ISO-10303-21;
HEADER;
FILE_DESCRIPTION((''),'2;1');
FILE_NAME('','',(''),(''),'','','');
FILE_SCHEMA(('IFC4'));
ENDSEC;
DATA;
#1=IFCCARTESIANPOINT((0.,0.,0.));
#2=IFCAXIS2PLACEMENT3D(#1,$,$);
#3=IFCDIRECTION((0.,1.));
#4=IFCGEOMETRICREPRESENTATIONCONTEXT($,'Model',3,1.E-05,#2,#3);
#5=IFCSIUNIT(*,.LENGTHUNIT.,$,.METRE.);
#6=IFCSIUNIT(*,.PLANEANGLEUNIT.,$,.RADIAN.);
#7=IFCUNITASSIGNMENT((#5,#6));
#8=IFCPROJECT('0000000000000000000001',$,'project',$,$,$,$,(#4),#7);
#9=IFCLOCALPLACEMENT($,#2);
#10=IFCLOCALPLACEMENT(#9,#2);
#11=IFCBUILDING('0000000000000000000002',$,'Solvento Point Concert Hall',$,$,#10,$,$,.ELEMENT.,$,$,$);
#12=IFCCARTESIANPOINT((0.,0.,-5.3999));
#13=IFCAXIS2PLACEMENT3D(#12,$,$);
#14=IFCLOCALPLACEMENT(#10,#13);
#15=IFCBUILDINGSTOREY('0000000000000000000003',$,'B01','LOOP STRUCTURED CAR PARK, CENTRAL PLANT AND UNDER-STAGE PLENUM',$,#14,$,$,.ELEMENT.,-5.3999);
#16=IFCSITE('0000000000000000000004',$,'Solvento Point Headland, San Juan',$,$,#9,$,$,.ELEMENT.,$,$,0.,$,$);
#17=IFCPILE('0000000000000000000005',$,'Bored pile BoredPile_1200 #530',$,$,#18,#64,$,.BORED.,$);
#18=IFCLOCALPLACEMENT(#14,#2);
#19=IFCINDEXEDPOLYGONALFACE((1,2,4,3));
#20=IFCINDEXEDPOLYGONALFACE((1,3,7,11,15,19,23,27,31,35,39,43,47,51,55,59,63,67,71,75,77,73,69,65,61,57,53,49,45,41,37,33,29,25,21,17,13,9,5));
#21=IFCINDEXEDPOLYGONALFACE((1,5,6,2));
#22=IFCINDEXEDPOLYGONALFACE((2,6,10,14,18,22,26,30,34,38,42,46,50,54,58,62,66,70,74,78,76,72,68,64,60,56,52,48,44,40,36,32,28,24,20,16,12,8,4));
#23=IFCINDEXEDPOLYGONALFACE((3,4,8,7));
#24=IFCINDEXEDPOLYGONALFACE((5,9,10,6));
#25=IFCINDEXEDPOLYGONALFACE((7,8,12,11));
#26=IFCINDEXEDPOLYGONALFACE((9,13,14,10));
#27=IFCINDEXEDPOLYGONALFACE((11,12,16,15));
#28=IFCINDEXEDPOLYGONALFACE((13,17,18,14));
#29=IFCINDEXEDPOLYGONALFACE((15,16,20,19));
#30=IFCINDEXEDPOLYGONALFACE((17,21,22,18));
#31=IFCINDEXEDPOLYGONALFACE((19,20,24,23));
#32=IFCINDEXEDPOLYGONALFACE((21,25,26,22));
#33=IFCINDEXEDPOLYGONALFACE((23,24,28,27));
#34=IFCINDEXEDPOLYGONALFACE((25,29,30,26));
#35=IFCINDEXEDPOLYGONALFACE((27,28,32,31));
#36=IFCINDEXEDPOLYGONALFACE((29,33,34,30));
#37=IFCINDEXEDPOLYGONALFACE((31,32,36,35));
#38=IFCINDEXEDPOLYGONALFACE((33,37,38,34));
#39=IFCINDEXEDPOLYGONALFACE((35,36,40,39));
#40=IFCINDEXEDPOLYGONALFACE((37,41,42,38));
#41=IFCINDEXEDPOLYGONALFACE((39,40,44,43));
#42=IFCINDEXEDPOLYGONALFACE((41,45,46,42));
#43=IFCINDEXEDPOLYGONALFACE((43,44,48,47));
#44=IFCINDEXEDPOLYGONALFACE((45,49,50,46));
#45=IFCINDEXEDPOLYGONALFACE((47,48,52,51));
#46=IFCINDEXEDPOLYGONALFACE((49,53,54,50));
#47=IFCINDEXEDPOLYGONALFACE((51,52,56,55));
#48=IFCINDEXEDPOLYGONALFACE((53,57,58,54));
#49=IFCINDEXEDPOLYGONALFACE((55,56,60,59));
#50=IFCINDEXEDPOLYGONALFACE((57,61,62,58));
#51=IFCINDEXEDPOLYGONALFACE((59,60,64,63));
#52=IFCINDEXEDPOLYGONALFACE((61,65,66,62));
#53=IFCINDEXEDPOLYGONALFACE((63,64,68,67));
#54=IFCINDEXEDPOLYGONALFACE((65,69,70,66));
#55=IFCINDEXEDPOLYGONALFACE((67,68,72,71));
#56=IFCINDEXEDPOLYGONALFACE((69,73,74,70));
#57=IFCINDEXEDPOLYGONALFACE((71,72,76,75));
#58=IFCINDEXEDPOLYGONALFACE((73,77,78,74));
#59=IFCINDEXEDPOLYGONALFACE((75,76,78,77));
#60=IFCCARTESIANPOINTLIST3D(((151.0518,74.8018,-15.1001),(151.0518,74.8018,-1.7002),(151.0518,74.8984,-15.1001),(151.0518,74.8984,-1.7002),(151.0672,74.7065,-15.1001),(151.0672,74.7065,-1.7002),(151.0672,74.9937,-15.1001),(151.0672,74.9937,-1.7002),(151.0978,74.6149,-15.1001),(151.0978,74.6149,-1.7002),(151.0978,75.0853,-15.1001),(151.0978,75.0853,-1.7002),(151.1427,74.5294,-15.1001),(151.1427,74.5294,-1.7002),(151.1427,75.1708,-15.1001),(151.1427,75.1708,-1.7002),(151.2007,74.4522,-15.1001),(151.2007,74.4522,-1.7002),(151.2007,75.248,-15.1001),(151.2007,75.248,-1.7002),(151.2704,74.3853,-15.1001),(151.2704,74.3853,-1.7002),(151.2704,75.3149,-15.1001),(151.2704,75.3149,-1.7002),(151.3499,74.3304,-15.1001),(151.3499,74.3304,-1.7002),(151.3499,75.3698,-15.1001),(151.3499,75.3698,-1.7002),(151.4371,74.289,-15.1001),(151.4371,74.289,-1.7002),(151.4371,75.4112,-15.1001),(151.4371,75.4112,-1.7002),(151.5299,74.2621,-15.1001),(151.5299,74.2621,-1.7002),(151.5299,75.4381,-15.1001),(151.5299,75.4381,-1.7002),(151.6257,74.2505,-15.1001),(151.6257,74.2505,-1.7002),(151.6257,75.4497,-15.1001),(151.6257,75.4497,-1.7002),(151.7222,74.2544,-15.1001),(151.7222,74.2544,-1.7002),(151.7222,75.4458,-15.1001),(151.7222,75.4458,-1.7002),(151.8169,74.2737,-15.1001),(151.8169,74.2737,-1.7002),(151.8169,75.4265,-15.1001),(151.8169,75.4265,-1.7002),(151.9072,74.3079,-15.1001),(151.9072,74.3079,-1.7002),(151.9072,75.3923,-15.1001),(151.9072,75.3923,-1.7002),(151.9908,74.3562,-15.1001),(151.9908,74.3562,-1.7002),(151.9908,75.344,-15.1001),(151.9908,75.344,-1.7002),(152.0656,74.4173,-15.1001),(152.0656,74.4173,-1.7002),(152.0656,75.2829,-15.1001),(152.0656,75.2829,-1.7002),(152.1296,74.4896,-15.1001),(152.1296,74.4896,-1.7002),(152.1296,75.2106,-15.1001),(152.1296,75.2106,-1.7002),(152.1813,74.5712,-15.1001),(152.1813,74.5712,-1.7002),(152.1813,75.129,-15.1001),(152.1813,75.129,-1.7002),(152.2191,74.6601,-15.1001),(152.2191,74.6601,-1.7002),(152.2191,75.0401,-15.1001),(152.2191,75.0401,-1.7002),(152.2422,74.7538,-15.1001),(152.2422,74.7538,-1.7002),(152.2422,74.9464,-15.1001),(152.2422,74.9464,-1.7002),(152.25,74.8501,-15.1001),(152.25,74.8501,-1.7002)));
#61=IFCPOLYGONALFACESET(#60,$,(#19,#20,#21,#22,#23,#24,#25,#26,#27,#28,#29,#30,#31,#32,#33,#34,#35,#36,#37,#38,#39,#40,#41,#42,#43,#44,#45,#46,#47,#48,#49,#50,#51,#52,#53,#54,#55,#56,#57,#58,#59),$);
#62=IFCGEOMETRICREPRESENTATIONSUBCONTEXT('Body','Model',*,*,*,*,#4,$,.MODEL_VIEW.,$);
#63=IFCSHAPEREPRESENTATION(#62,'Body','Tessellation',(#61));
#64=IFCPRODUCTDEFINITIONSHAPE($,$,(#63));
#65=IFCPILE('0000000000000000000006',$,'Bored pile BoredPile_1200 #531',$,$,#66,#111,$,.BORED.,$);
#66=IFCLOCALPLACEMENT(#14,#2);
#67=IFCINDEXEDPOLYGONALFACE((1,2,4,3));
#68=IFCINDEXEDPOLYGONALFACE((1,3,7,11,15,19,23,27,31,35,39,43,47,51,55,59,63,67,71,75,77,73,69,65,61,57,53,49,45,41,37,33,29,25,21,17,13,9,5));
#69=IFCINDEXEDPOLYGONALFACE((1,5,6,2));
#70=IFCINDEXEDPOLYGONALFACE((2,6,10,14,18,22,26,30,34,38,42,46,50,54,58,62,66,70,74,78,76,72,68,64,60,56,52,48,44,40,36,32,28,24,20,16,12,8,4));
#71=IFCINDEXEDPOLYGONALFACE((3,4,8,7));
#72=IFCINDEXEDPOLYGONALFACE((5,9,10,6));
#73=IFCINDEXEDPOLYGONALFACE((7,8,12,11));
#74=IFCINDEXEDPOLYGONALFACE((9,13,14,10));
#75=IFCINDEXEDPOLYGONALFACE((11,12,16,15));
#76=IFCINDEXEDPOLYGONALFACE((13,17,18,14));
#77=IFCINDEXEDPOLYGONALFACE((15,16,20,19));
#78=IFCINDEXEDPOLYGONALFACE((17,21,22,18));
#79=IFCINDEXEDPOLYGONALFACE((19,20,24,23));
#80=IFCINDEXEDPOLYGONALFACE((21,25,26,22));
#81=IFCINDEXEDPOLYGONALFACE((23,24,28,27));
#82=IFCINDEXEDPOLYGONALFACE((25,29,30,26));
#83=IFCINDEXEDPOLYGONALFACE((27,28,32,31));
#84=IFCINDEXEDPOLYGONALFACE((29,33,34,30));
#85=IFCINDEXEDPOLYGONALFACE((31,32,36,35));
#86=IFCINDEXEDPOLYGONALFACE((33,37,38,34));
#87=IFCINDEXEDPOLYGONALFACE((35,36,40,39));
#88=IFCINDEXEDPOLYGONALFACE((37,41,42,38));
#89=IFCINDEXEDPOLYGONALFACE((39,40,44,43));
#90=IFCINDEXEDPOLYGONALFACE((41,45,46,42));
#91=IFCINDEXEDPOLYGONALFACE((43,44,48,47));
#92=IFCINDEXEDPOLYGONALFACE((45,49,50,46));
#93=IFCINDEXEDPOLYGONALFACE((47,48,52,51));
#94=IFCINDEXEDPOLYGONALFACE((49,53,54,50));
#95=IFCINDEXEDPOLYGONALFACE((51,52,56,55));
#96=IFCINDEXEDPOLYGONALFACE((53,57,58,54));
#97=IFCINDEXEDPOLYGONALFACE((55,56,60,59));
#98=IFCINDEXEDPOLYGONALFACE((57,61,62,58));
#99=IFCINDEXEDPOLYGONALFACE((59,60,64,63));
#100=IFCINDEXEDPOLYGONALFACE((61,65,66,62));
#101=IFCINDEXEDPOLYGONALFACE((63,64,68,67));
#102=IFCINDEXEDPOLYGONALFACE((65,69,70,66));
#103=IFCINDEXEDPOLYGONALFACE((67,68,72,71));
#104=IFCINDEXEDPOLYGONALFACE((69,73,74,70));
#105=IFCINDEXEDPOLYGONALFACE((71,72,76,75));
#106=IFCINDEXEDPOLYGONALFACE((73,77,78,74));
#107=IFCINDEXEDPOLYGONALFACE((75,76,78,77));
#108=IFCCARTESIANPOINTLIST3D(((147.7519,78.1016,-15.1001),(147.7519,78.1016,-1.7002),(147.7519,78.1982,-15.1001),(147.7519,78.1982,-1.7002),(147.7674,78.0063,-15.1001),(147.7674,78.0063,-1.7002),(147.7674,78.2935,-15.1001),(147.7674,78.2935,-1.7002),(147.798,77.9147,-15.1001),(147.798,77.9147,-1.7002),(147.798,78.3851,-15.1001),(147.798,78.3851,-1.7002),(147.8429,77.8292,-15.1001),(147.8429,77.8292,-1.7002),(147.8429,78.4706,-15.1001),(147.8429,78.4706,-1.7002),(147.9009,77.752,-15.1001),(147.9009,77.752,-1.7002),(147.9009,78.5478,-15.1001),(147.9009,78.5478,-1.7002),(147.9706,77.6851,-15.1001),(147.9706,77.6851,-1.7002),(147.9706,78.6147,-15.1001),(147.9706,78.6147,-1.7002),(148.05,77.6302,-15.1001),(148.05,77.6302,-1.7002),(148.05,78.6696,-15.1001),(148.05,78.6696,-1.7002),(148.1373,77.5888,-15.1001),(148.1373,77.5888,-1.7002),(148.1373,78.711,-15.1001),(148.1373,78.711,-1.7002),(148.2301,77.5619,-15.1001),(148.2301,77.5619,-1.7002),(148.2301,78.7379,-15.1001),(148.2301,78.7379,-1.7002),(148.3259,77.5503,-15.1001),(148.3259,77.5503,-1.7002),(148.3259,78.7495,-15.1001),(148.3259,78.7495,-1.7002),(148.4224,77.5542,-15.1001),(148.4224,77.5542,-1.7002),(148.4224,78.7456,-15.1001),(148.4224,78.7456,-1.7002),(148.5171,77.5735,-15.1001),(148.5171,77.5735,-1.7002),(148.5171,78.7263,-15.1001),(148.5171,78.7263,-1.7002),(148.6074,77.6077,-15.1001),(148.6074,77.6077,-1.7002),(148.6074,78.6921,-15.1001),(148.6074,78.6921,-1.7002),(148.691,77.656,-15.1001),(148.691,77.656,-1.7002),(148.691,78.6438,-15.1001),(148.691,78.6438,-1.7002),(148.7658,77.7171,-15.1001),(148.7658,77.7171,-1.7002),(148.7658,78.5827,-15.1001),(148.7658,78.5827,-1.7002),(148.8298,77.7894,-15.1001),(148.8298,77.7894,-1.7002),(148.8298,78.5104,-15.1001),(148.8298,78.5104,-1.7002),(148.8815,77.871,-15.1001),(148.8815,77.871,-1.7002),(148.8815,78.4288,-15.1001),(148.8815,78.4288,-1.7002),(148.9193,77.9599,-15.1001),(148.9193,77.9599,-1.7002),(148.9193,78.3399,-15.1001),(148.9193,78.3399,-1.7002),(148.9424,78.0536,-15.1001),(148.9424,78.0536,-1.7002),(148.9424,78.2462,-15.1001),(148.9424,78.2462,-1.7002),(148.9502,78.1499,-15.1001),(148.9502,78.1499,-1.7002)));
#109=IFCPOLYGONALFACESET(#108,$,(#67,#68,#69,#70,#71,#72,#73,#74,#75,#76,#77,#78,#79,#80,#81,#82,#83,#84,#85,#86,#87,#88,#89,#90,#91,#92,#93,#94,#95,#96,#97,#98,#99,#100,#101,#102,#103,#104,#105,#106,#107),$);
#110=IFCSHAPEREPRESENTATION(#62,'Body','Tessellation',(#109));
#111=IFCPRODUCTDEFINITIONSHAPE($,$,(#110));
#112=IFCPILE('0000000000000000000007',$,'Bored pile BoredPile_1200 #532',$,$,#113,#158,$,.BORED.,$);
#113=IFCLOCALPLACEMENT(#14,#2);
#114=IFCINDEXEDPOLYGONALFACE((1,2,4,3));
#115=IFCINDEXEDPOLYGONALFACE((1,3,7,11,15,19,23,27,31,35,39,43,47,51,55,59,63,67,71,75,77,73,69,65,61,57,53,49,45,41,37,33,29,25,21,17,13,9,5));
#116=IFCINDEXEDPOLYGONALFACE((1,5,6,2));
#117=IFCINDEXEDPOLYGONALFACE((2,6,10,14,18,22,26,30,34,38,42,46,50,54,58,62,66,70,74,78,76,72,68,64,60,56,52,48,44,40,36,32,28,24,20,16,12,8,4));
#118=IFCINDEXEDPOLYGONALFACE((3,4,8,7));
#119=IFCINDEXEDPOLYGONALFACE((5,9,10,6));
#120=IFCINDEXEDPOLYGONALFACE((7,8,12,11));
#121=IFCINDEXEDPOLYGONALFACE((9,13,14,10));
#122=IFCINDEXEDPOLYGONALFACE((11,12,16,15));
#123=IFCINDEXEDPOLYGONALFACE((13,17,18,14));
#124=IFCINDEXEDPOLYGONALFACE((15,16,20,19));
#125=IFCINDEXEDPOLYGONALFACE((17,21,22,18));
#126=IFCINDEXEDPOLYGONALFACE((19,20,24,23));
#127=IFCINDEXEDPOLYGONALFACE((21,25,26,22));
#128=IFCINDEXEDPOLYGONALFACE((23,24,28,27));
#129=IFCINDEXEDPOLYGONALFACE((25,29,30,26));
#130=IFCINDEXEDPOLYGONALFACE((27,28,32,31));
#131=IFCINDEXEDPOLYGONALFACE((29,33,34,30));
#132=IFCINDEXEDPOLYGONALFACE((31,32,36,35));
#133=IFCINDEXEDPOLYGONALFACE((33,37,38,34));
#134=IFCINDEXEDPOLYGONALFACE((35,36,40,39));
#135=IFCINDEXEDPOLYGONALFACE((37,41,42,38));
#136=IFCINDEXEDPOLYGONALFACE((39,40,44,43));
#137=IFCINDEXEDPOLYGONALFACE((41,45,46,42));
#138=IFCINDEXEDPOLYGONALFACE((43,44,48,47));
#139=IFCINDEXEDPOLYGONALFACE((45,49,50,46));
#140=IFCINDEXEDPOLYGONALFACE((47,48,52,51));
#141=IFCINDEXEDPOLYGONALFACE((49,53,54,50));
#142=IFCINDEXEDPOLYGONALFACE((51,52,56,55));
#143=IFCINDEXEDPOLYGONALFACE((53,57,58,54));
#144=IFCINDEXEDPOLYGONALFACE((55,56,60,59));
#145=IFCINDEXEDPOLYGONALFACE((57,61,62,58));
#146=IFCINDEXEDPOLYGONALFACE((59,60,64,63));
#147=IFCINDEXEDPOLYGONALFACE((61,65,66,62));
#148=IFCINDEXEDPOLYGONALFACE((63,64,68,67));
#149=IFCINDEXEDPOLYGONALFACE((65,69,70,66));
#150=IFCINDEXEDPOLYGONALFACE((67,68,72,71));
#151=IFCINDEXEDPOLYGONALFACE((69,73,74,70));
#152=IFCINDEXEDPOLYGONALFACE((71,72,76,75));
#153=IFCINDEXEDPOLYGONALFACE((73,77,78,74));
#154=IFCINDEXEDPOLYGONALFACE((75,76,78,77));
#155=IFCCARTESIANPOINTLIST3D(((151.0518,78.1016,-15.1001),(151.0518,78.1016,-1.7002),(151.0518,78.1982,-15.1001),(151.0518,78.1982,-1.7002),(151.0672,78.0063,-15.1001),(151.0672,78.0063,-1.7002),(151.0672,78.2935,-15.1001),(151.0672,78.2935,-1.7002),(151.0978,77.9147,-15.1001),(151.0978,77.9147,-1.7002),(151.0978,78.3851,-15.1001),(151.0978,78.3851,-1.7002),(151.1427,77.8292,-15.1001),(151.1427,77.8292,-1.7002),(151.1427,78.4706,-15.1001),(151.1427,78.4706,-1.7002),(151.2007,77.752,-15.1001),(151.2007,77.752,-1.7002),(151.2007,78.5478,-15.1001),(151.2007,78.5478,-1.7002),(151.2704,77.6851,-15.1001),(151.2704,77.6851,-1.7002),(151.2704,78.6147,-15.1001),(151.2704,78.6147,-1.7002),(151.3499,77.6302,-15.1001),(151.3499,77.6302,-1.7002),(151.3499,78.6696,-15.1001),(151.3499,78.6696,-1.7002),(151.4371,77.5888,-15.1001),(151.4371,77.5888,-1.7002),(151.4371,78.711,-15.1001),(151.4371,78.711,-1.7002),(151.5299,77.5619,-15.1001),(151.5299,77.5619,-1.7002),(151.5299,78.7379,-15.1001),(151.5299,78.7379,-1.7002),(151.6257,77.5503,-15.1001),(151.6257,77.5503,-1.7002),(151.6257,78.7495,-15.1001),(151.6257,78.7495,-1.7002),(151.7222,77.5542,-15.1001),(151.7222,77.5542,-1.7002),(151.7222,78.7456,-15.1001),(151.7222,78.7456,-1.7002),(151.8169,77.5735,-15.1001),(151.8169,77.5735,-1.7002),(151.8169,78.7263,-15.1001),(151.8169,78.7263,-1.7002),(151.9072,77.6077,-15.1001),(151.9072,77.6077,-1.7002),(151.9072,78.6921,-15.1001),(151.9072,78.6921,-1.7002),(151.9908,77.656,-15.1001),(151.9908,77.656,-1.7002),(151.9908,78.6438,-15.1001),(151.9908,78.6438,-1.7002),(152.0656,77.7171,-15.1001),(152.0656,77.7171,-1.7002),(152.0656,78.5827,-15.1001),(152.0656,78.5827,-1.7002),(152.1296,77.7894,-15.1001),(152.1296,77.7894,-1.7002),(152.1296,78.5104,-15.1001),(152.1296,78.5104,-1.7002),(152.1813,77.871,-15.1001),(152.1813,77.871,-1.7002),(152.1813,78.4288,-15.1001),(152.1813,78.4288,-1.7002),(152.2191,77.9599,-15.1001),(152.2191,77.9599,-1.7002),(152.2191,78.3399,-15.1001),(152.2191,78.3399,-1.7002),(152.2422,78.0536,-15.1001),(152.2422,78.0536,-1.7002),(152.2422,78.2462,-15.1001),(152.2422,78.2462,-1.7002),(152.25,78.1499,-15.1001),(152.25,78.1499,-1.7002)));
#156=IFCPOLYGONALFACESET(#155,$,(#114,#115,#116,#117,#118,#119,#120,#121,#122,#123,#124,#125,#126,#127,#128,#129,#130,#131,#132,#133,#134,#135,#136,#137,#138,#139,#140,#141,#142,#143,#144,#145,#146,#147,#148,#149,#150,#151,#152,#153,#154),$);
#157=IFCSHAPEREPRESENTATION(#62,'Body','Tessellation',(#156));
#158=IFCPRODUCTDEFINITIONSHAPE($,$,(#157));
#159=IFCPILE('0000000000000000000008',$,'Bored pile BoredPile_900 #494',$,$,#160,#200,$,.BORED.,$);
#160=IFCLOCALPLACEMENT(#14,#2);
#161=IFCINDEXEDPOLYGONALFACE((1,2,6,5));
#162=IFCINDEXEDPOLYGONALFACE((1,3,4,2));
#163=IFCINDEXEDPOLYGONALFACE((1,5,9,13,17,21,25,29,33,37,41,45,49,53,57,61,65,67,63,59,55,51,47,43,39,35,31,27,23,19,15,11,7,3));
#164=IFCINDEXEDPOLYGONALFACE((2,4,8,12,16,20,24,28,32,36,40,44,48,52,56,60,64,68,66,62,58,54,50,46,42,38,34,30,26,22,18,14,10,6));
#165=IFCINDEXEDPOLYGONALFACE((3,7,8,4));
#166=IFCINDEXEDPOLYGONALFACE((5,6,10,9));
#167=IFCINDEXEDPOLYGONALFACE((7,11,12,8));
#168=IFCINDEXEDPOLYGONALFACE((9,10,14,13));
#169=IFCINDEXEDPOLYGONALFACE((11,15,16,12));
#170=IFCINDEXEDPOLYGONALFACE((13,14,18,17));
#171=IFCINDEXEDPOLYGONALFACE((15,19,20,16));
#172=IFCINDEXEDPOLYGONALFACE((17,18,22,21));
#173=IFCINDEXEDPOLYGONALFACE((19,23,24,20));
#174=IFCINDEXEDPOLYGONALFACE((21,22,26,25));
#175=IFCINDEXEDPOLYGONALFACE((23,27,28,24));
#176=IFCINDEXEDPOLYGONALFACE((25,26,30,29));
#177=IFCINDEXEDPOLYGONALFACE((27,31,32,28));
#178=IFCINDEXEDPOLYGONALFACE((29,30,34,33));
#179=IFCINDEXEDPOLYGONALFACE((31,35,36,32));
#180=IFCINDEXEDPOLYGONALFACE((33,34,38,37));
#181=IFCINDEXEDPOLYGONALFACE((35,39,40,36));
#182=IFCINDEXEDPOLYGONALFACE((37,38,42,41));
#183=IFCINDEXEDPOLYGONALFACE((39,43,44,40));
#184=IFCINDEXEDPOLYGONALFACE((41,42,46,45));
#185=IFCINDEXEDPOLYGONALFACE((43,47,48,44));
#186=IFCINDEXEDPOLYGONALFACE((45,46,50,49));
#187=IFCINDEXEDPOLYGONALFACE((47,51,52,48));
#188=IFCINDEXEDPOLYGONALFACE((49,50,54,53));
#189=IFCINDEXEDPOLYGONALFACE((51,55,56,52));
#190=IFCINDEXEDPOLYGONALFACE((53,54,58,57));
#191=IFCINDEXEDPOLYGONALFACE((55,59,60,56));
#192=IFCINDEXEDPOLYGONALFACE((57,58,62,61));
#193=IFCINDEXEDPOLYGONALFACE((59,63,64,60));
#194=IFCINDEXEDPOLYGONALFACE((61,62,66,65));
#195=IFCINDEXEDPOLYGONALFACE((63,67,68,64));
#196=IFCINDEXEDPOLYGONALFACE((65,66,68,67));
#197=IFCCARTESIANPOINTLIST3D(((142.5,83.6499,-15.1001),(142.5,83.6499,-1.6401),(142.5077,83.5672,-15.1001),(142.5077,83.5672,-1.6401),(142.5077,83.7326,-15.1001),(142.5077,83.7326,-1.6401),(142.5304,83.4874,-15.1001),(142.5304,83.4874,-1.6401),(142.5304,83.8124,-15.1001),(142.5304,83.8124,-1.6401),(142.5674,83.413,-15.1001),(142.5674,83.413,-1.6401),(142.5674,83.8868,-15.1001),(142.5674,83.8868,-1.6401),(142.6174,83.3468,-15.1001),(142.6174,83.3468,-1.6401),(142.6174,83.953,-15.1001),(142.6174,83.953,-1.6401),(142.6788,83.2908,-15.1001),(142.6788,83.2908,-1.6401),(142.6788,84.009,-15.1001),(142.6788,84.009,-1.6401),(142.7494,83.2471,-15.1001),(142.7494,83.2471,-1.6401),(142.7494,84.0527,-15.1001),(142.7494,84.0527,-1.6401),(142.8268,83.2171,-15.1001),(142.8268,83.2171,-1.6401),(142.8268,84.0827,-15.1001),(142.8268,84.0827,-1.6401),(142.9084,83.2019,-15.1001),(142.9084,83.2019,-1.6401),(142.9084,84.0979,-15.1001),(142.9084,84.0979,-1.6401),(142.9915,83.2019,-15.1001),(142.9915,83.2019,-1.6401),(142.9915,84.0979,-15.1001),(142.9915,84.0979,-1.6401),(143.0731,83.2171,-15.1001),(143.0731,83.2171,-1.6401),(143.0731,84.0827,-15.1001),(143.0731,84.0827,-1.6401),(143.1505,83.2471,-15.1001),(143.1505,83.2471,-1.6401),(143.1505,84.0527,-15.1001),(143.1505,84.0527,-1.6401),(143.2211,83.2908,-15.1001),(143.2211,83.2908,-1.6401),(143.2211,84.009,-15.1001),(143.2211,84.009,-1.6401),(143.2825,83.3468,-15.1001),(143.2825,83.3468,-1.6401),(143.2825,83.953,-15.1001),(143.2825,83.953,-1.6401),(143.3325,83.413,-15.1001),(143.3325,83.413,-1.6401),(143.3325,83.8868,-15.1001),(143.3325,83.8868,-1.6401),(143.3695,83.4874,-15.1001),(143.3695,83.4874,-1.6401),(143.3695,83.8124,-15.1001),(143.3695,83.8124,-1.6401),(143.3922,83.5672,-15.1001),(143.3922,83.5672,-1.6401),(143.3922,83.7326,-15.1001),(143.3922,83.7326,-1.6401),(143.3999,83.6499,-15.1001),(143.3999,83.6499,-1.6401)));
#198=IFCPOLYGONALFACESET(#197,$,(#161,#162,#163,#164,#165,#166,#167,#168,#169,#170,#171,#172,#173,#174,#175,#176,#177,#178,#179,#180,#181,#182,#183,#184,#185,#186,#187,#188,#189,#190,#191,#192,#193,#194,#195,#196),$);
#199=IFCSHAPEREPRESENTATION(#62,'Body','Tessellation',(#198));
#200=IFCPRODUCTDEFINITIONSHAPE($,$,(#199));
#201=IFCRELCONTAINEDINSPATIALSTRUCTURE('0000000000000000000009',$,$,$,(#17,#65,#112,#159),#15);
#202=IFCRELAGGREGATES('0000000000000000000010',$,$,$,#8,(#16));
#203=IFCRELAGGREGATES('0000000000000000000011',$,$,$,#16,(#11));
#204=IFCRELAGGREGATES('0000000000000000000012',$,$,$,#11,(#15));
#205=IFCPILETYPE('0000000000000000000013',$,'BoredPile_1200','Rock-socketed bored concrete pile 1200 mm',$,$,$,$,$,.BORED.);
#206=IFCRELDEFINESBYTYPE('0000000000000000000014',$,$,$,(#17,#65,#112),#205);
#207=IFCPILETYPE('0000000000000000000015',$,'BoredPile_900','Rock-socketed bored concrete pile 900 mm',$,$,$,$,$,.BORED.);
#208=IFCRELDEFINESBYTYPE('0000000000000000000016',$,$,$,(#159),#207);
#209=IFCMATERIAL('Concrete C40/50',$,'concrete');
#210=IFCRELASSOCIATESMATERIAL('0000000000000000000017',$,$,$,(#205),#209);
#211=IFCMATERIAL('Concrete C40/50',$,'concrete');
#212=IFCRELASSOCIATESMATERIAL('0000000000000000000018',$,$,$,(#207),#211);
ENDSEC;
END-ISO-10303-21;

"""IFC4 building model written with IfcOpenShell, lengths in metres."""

from ifc_helpers import new_model, si_unit, direction, frame, origin, origin_2d, place, context, subcontext, project, spatial, circle, extrude, material, material_profile, profile_set, type_object, element, save


model = new_model("IFC4")

# Units and contexts
model_context = context("Model", 3, precision=1e-05, world=origin(), true_north=direction((0.0, 1.0)))
body_context = subcontext(model_context, "Body", "Model", "MODEL_VIEW")
ifc_project = project(units=[si_unit("LENGTHUNIT", "METRE"), si_unit("PLANEANGLEUNIT", "RADIAN")], contexts=[model_context])

# Site, building, storey
site_placement = place(None, origin())
site = spatial("IfcSite", under=ifc_project, at=site_placement, Name="Solvento Point Headland, San Juan", CompositionType="ELEMENT", RefElevation=0.0)
building_placement = place(site_placement, origin())
building = spatial("IfcBuilding", under=site, at=building_placement, Name="Solvento Point Concert Hall", CompositionType="ELEMENT")
storey_placement = place(building_placement, frame((0.0, 0.0, -5.3999)))
storey = spatial("IfcBuildingStorey", under=building, at=storey_placement, Name="B01", Description="LOOP STRUCTURED CAR PARK, CENTRAL PLANT AND UNDER-STAGE PLENUM", CompositionType="ELEMENT", Elevation=-5.3999)

# Piles
ifc_material_1 = material(Name="Concrete C40/50", Category="concrete")
ifc_material_profile_1 = material_profile(ifc_material_1, circle(Radius=0.6001, at=origin_2d()), Name="BP-1200")
ifc_profile_set_1 = profile_set([ifc_material_profile_1], Name="Concrete C40/50")
pile_type_1 = type_object("IfcPileType", Name="BoredPile_1200", Description="Rock-socketed bored concrete pile 1200 mm", PredefinedType="BORED", material=ifc_profile_set_1)
for number, where, z_axis, x_axis, name in (
    (1, (151.6499, 74.8501, -1.7002), (0.0, 0.0, -1.0), (1.0, 0.0, 0.0), "Bored pile BoredPile_1200 #530"),
    (2, (148.3501, 78.1499, -1.7002), (0.0, 0.0, -1.0), (1.0, 0.0, 0.0), "Bored pile BoredPile_1200 #531"),
    (3, (151.6499, 78.1499, -1.7002), (0.0, 0.0, -1.0), (1.0, 0.0, 0.0), "Bored pile BoredPile_1200 #532"),
):
    element("IfcPile", number, at=place(storey_placement, frame(where, z_axis=z_axis, x_axis=x_axis)), inside=storey, type_object=pile_type_1, Name=name, PredefinedType="BORED", context=body_context, shape_type="SweptSolid", body=[
        extrude(circle(Radius=0.6001, at=origin_2d()), origin(), (0.0, 0.0, 1.0), 13.3999),
    ])
ifc_material_2 = material(Name="Concrete C40/50", Category="concrete")
ifc_material_profile_2 = material_profile(ifc_material_2, circle(Radius=0.45, at=origin_2d()), Name="BP-900")
ifc_profile_set_2 = profile_set([ifc_material_profile_2], Name="Concrete C40/50")
pile_type_2 = type_object("IfcPileType", Name="BoredPile_900", Description="Rock-socketed bored concrete pile 900 mm", PredefinedType="BORED", material=ifc_profile_set_2)
for number, where, z_axis, x_axis, name in (
    (4, (142.95, 83.6499, -1.6401), (0.0, 0.0, -1.0), (1.0, 0.0, 0.0), "Bored pile BoredPile_900 #494"),
):
    element("IfcPile", number, at=place(storey_placement, frame(where, z_axis=z_axis, x_axis=x_axis)), inside=storey, type_object=pile_type_2, Name=name, PredefinedType="BORED", context=body_context, shape_type="SweptSolid", body=[
        extrude(circle(Radius=0.45, at=origin_2d()), origin(), (0.0, 0.0, 1.0), 13.46),
    ])

save(model, "model.ifc")
